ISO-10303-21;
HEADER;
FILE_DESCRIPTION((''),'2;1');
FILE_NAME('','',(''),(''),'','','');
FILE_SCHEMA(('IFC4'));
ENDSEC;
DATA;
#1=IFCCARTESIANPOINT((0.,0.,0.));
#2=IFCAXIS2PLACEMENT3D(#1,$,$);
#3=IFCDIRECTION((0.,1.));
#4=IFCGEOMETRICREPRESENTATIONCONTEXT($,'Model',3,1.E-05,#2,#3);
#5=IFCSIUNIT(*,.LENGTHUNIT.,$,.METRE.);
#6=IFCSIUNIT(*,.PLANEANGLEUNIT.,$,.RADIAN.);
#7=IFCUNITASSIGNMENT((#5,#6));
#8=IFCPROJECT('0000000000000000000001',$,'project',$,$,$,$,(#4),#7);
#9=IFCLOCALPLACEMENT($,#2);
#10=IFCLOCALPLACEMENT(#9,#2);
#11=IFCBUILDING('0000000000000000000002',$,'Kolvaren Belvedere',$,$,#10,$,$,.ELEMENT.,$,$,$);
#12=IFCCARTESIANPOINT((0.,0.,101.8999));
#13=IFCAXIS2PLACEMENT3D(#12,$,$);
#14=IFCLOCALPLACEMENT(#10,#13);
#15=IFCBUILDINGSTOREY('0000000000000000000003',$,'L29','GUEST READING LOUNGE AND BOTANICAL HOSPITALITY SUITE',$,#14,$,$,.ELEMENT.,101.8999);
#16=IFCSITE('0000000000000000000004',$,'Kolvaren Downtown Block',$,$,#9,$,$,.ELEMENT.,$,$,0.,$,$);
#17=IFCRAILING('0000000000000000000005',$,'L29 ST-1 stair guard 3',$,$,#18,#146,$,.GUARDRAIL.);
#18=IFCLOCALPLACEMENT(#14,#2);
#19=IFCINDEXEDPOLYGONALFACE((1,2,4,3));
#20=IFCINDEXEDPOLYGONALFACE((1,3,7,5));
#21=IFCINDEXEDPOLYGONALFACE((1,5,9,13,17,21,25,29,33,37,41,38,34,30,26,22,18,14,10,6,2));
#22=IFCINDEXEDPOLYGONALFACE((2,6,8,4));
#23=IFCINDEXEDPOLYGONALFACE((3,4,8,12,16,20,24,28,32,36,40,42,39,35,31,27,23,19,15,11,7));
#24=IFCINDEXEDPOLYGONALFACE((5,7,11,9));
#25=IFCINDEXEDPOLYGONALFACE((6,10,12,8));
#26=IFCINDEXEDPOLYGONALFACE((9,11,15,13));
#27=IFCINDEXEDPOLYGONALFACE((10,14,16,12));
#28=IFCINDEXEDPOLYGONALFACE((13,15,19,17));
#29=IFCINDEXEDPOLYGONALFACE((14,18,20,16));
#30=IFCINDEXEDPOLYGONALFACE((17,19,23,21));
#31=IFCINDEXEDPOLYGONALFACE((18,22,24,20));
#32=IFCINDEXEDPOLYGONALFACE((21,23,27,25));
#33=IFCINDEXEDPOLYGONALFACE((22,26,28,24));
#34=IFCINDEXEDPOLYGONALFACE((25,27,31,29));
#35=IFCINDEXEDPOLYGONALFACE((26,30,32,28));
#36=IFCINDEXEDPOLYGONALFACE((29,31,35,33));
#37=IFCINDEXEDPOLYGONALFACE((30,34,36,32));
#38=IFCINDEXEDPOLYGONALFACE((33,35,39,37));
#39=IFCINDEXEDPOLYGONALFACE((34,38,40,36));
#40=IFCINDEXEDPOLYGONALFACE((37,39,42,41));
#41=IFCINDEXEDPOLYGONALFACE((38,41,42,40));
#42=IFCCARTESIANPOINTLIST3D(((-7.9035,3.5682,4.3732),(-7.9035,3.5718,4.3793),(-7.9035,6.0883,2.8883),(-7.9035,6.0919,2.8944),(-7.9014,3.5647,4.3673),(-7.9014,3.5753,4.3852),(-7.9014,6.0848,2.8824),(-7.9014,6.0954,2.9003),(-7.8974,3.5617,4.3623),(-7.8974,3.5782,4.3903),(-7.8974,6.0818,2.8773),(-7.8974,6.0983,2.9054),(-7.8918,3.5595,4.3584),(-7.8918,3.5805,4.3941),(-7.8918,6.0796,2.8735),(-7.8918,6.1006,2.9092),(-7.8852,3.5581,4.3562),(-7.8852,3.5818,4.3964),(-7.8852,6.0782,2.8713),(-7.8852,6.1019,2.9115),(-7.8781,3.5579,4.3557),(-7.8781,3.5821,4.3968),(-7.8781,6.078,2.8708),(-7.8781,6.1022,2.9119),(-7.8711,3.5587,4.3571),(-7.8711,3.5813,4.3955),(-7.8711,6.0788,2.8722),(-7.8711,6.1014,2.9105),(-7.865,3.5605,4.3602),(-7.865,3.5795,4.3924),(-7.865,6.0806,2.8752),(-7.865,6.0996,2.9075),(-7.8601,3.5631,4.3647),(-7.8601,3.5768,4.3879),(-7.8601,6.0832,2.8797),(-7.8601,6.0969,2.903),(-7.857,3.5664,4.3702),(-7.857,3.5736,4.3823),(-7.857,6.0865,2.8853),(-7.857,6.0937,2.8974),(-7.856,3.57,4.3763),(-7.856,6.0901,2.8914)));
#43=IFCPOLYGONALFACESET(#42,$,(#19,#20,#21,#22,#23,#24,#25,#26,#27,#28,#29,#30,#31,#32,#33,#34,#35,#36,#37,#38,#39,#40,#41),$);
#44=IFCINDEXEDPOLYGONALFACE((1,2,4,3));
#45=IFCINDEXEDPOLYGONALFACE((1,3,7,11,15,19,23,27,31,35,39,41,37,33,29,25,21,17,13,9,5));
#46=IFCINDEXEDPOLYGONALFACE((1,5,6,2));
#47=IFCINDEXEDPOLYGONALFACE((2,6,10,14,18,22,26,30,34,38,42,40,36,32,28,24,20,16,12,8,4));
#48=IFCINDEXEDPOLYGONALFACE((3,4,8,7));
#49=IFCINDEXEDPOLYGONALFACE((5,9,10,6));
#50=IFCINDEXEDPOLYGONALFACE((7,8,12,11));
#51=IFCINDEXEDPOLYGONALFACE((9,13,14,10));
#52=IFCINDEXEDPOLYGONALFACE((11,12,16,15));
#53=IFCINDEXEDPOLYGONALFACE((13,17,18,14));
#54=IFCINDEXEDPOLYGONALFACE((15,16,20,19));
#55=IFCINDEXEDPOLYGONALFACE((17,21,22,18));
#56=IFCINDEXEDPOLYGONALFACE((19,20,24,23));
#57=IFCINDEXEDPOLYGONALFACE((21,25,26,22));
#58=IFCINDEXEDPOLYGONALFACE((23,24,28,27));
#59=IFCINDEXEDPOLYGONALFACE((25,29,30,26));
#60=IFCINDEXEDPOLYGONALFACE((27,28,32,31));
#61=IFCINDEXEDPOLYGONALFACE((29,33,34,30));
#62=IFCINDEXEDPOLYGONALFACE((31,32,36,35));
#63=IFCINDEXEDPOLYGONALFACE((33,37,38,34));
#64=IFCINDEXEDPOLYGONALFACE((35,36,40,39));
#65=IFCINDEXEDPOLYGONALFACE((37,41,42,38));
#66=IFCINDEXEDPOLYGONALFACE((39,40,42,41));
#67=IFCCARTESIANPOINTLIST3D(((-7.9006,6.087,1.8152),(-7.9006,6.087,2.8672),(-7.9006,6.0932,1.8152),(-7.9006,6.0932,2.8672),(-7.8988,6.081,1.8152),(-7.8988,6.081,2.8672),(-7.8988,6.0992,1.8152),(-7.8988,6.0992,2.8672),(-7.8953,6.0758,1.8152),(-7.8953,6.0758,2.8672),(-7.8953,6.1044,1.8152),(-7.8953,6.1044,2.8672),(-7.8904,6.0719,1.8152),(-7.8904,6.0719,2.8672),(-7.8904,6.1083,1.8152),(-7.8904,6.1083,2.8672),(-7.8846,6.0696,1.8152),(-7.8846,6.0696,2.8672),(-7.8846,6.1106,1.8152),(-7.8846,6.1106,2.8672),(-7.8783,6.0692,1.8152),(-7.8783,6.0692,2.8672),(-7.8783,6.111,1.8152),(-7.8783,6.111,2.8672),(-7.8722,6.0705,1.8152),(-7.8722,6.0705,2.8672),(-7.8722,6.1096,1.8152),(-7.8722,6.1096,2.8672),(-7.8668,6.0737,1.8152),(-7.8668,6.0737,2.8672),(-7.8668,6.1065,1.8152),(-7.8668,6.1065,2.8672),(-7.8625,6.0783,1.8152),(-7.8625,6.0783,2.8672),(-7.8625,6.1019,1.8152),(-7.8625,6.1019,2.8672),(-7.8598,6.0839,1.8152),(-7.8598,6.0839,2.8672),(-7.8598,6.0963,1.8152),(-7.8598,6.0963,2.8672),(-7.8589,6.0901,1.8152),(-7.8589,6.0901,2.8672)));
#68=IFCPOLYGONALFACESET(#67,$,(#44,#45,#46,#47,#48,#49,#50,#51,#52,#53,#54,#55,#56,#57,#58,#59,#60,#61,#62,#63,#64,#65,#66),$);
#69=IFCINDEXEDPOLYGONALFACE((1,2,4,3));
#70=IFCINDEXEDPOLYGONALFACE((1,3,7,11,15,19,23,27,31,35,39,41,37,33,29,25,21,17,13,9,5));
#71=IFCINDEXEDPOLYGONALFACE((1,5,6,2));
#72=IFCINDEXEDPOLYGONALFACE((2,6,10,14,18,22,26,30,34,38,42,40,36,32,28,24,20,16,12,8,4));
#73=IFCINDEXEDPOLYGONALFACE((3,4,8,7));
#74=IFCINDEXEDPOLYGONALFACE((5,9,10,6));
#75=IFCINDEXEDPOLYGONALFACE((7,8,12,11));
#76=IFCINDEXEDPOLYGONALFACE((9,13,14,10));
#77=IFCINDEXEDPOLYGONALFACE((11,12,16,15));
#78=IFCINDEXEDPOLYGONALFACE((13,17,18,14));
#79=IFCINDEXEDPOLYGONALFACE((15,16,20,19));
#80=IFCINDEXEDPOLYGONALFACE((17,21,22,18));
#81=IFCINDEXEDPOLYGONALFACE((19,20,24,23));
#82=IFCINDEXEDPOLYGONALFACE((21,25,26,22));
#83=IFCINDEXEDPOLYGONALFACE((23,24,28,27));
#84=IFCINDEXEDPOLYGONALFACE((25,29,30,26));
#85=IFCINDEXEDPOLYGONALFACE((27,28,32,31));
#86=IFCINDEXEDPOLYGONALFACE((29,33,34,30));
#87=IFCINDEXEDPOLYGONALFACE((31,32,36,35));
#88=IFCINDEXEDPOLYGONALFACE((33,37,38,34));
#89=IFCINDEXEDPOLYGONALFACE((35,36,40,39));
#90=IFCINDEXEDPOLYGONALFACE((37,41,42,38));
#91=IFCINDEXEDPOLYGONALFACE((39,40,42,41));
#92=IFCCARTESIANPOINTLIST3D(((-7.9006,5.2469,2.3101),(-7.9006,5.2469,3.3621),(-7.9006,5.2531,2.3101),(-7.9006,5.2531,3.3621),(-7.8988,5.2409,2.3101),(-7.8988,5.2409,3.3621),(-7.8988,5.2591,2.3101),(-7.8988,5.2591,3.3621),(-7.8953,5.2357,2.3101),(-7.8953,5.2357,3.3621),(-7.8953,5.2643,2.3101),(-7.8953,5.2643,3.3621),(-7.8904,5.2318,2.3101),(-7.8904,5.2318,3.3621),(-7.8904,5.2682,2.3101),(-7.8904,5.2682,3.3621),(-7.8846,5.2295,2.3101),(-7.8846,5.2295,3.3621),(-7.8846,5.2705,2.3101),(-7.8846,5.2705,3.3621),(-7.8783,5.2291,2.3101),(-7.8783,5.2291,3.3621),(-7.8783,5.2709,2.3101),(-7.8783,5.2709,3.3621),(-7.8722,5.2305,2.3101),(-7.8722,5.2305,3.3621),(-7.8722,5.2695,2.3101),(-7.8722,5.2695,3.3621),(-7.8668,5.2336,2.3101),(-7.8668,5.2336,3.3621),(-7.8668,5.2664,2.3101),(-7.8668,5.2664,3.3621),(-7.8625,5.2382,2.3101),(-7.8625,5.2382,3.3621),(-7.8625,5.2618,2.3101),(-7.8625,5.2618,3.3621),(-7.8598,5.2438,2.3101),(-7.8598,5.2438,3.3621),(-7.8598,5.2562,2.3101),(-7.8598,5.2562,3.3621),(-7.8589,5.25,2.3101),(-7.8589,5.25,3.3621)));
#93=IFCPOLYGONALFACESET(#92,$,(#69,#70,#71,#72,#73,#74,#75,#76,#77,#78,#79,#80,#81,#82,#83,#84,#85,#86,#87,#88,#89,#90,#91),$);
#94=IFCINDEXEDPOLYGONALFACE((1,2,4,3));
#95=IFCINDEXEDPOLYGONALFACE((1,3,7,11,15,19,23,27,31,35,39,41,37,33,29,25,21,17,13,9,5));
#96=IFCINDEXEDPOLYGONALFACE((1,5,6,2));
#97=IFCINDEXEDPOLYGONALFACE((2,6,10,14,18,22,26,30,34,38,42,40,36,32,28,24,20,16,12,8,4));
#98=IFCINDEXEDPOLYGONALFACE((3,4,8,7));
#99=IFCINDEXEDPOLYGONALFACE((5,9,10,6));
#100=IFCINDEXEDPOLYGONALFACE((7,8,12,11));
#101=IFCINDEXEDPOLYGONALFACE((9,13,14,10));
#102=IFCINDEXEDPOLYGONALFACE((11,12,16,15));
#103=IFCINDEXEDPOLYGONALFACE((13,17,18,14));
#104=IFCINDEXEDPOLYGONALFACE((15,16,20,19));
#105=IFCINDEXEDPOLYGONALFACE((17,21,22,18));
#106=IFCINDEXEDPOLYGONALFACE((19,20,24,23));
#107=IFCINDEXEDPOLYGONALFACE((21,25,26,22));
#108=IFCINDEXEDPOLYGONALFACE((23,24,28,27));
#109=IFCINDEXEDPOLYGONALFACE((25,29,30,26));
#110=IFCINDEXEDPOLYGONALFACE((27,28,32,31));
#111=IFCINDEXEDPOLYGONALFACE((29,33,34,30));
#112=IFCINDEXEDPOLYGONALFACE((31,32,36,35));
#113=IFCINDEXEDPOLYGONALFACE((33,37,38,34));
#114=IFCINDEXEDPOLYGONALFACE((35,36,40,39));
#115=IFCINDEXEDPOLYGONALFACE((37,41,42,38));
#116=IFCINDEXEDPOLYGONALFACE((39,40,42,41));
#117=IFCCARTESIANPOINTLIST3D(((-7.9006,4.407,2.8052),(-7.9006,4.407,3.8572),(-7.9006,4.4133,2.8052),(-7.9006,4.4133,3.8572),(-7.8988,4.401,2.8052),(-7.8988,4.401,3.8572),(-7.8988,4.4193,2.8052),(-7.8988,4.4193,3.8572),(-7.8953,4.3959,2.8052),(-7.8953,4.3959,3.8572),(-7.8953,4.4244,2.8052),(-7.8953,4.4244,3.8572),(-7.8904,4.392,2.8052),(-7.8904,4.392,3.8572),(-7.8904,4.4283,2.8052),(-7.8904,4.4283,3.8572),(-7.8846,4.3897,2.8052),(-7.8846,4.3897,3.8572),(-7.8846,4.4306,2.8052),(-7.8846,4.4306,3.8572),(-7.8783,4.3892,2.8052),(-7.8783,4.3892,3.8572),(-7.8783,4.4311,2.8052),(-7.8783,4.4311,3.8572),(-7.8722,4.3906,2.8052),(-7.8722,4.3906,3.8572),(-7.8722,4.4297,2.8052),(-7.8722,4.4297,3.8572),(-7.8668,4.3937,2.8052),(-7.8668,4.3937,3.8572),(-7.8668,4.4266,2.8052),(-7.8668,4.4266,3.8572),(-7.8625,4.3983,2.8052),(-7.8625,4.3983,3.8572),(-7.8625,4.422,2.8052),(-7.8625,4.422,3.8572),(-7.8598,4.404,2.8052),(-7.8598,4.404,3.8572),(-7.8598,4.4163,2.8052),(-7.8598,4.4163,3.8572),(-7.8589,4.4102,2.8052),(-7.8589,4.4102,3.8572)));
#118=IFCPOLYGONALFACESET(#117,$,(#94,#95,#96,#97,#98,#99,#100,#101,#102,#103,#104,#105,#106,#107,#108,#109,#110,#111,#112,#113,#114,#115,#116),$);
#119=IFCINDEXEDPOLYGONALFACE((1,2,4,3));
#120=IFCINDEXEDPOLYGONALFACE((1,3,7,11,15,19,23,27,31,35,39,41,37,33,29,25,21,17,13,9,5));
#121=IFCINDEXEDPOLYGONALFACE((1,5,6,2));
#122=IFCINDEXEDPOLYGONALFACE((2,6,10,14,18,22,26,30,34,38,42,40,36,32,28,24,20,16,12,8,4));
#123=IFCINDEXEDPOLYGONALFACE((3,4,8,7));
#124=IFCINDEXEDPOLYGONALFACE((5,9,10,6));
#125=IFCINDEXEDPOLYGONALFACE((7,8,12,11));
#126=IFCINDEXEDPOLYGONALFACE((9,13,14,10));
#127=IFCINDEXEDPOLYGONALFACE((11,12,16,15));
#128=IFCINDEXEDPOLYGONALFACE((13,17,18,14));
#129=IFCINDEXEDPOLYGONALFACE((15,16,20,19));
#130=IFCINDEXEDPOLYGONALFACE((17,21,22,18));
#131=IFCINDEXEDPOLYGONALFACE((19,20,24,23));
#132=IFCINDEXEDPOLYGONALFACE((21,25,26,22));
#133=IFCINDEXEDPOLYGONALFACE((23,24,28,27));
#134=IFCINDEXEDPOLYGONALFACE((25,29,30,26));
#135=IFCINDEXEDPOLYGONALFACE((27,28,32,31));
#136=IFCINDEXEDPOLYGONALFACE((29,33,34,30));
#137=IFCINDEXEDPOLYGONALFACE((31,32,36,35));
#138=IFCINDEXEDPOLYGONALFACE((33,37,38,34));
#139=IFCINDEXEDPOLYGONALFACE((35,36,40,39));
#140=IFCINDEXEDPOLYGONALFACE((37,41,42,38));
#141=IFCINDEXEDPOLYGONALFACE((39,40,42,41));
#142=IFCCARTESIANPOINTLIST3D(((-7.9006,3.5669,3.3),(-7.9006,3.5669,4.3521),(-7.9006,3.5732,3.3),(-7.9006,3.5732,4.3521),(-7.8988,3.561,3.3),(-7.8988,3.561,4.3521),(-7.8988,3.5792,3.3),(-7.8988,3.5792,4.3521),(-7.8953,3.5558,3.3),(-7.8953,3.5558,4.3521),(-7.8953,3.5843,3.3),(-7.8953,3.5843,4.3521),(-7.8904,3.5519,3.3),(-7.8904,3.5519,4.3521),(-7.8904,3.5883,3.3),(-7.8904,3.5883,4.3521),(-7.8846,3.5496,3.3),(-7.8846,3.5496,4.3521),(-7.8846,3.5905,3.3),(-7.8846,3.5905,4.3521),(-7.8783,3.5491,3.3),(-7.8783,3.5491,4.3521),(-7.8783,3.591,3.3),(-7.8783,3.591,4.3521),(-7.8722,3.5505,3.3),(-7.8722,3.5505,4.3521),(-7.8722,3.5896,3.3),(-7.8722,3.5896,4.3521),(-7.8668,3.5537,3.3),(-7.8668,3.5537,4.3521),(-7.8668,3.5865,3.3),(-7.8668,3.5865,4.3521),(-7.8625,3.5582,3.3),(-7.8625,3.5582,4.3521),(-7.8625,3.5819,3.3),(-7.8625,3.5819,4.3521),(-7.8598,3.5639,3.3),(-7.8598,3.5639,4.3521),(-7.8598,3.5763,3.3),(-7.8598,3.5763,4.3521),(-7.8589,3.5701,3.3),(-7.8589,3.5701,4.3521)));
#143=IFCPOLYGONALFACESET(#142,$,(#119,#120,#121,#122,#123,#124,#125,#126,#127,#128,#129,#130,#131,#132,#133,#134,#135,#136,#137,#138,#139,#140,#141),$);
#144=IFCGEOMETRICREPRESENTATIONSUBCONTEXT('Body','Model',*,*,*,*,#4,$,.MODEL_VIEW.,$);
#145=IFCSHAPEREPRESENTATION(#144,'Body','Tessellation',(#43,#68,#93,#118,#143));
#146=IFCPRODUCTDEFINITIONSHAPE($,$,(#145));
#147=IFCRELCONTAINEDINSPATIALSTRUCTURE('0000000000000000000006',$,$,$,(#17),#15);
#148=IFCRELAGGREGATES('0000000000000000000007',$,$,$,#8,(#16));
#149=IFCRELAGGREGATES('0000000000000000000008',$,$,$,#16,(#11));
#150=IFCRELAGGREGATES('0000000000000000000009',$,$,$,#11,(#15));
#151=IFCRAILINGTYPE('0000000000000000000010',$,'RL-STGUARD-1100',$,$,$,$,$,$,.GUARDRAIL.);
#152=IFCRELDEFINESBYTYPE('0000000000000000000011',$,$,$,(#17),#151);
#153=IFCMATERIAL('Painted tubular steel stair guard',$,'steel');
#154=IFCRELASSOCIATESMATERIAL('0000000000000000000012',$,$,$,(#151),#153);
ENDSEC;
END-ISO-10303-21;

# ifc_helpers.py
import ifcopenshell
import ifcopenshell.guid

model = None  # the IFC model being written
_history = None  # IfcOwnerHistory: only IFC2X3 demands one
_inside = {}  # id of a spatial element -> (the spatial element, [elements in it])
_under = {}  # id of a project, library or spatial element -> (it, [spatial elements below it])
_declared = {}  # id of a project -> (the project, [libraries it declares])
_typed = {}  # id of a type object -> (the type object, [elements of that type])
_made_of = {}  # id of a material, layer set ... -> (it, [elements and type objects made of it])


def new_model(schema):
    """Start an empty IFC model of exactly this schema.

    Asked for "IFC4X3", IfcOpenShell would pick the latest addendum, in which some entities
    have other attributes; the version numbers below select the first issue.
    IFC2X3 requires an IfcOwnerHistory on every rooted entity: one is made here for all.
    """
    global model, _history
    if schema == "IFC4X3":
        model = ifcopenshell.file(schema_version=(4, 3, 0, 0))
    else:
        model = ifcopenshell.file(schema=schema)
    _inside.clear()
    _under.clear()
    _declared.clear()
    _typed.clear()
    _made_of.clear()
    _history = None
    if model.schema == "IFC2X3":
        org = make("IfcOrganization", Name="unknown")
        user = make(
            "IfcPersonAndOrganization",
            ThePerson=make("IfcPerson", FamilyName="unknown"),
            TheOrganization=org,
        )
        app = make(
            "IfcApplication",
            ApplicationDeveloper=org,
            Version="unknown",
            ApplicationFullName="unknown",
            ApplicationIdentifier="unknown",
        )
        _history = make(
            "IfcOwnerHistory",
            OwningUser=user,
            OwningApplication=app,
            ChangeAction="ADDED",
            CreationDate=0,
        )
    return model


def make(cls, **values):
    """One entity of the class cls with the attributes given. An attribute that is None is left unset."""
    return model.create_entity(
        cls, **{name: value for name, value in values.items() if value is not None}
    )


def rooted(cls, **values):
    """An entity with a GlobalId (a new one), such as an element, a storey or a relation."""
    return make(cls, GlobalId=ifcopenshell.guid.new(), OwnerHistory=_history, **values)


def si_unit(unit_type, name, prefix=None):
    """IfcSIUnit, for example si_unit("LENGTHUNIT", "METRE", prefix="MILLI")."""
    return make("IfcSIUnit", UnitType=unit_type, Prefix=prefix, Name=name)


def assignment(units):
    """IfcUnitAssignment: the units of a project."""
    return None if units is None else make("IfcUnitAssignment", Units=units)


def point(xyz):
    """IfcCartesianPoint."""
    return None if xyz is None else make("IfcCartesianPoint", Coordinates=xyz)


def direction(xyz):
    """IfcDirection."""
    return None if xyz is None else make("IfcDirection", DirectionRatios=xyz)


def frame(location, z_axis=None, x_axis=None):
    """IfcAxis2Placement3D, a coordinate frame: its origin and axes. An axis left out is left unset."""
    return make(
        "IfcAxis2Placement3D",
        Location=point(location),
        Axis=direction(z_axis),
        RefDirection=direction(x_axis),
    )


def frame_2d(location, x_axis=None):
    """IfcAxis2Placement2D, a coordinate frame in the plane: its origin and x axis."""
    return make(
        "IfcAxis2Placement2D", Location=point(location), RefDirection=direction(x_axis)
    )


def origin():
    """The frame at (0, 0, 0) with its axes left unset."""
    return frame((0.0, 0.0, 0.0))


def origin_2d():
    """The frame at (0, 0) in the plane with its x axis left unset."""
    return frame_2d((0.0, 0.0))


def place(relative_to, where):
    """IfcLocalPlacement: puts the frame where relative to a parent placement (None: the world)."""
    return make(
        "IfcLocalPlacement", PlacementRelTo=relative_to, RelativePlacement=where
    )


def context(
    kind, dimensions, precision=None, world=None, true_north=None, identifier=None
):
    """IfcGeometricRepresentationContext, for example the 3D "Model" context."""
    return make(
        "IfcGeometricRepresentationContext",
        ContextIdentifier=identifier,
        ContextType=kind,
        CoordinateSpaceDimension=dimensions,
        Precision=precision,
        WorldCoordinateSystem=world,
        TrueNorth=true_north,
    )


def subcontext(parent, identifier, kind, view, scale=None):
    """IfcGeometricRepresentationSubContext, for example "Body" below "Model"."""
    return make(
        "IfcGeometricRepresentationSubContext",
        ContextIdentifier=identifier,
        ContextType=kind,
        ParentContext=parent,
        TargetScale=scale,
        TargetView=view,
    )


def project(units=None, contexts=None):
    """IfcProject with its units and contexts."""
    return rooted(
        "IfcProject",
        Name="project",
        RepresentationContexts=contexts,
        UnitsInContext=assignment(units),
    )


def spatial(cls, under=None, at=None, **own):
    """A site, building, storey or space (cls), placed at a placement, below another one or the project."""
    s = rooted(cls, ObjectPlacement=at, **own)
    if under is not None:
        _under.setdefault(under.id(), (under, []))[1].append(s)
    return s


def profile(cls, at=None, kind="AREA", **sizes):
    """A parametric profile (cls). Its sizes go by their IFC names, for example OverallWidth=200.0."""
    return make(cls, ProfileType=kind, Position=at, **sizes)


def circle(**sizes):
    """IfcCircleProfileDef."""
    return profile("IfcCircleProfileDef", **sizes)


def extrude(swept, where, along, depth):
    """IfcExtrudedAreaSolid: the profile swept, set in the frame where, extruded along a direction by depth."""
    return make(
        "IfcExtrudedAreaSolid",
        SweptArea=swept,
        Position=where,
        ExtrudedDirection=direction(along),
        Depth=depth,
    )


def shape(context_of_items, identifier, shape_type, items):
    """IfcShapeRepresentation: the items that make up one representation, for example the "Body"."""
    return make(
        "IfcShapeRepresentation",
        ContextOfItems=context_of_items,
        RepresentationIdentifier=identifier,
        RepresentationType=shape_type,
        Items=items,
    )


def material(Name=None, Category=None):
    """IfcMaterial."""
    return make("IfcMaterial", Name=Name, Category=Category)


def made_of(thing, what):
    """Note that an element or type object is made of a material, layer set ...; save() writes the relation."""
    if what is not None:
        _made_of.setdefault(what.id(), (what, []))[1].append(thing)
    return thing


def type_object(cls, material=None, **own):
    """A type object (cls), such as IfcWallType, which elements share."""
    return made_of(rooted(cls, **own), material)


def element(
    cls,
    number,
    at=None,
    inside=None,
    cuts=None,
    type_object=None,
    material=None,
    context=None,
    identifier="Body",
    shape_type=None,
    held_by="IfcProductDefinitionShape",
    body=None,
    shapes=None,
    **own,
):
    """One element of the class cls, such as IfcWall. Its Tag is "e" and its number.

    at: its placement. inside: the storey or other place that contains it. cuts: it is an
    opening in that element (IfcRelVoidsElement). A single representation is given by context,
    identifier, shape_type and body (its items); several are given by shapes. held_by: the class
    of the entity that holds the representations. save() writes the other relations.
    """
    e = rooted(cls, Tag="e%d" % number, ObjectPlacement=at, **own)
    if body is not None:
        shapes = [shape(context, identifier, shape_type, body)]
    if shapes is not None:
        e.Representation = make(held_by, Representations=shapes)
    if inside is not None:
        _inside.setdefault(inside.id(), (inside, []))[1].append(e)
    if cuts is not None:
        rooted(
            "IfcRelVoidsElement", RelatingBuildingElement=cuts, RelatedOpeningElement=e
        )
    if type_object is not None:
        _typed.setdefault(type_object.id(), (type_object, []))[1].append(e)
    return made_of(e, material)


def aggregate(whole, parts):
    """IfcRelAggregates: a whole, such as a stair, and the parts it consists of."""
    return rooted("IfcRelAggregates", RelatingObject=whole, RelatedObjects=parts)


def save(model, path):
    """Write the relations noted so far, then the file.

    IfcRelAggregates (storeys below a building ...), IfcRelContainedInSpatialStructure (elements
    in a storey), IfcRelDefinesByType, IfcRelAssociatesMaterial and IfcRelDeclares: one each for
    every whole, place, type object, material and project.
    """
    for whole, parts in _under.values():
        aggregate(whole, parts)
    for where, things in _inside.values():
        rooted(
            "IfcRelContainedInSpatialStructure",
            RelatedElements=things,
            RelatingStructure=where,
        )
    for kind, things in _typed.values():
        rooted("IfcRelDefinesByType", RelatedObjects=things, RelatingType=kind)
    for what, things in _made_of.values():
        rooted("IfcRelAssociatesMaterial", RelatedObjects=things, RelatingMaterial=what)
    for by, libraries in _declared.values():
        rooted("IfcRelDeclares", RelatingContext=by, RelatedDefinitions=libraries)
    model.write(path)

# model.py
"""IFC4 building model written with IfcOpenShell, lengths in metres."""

from ifc_helpers import new_model, si_unit, direction, frame, origin, origin_2d, place, context, subcontext, project, spatial, circle, extrude, material, type_object, element, save


model = new_model("IFC4")

# Units and contexts
model_context = context("Model", 3, precision=1e-05, world=origin(), true_north=direction((0.0, 1.0)))
body_context = subcontext(model_context, "Body", "Model", "MODEL_VIEW")
ifc_project = project(units=[si_unit("LENGTHUNIT", "METRE"), si_unit("PLANEANGLEUNIT", "RADIAN")], contexts=[model_context])

# Site, building, storey
site_placement = place(None, origin())
site = spatial("IfcSite", under=ifc_project, at=site_placement, Name="Kolvaren Downtown Block", CompositionType="ELEMENT", RefElevation=0.0)
building_placement = place(site_placement, origin())
building = spatial("IfcBuilding", under=site, at=building_placement, Name="Kolvaren Belvedere", CompositionType="ELEMENT")
storey_placement = place(building_placement, frame((0.0, 0.0, 101.8999)))
storey = spatial("IfcBuildingStorey", under=building, at=storey_placement, Name="L29", Description="GUEST READING LOUNGE AND BOTANICAL HOSPITALITY SUITE", CompositionType="ELEMENT", Elevation=101.8999)

# Railing
ifc_material_1 = material(Name="Painted tubular steel stair guard", Category="steel")
railing_type_1 = type_object("IfcRailingType", Name="RL-STGUARD-1100", PredefinedType="GUARDRAIL", material=ifc_material_1)
railing_1_placement = place(storey_placement, frame((-7.8799, 6.0901, 1.8152)))
element("IfcRailing", 1, at=railing_1_placement, inside=storey, type_object=railing_type_1, Name="L29 ST-1 stair guard 3", PredefinedType="GUARDRAIL", context=body_context, shape_type="SweptSolid", body=[
    extrude(circle(Radius=0.0239, at=origin_2d()), frame((0.0, 0.0, 1.0762), z_axis=(0.0, -0.861561, 0.507655), x_axis=(1.0, 0.0, 0.0)), (0.0, 0.0, 1.0), 2.925),
    extrude(circle(Radius=0.021, at=origin_2d()), origin(), (0.0, 0.0, 1.0), 1.052),
    extrude(circle(Radius=0.021, at=origin_2d()), frame((0.0, -0.8401, 0.4949)), (0.0, 0.0, 1.0), 1.052),
    extrude(circle(Radius=0.021, at=origin_2d()), frame((0.0, -1.6799, 0.99)), (0.0, 0.0, 1.0), 1.052),
    extrude(circle(Radius=0.021, at=origin_2d()), frame((0.0, -2.52, 1.4849)), (0.0, 0.0, 1.0), 1.052),
])

save(model, "model.ifc")
